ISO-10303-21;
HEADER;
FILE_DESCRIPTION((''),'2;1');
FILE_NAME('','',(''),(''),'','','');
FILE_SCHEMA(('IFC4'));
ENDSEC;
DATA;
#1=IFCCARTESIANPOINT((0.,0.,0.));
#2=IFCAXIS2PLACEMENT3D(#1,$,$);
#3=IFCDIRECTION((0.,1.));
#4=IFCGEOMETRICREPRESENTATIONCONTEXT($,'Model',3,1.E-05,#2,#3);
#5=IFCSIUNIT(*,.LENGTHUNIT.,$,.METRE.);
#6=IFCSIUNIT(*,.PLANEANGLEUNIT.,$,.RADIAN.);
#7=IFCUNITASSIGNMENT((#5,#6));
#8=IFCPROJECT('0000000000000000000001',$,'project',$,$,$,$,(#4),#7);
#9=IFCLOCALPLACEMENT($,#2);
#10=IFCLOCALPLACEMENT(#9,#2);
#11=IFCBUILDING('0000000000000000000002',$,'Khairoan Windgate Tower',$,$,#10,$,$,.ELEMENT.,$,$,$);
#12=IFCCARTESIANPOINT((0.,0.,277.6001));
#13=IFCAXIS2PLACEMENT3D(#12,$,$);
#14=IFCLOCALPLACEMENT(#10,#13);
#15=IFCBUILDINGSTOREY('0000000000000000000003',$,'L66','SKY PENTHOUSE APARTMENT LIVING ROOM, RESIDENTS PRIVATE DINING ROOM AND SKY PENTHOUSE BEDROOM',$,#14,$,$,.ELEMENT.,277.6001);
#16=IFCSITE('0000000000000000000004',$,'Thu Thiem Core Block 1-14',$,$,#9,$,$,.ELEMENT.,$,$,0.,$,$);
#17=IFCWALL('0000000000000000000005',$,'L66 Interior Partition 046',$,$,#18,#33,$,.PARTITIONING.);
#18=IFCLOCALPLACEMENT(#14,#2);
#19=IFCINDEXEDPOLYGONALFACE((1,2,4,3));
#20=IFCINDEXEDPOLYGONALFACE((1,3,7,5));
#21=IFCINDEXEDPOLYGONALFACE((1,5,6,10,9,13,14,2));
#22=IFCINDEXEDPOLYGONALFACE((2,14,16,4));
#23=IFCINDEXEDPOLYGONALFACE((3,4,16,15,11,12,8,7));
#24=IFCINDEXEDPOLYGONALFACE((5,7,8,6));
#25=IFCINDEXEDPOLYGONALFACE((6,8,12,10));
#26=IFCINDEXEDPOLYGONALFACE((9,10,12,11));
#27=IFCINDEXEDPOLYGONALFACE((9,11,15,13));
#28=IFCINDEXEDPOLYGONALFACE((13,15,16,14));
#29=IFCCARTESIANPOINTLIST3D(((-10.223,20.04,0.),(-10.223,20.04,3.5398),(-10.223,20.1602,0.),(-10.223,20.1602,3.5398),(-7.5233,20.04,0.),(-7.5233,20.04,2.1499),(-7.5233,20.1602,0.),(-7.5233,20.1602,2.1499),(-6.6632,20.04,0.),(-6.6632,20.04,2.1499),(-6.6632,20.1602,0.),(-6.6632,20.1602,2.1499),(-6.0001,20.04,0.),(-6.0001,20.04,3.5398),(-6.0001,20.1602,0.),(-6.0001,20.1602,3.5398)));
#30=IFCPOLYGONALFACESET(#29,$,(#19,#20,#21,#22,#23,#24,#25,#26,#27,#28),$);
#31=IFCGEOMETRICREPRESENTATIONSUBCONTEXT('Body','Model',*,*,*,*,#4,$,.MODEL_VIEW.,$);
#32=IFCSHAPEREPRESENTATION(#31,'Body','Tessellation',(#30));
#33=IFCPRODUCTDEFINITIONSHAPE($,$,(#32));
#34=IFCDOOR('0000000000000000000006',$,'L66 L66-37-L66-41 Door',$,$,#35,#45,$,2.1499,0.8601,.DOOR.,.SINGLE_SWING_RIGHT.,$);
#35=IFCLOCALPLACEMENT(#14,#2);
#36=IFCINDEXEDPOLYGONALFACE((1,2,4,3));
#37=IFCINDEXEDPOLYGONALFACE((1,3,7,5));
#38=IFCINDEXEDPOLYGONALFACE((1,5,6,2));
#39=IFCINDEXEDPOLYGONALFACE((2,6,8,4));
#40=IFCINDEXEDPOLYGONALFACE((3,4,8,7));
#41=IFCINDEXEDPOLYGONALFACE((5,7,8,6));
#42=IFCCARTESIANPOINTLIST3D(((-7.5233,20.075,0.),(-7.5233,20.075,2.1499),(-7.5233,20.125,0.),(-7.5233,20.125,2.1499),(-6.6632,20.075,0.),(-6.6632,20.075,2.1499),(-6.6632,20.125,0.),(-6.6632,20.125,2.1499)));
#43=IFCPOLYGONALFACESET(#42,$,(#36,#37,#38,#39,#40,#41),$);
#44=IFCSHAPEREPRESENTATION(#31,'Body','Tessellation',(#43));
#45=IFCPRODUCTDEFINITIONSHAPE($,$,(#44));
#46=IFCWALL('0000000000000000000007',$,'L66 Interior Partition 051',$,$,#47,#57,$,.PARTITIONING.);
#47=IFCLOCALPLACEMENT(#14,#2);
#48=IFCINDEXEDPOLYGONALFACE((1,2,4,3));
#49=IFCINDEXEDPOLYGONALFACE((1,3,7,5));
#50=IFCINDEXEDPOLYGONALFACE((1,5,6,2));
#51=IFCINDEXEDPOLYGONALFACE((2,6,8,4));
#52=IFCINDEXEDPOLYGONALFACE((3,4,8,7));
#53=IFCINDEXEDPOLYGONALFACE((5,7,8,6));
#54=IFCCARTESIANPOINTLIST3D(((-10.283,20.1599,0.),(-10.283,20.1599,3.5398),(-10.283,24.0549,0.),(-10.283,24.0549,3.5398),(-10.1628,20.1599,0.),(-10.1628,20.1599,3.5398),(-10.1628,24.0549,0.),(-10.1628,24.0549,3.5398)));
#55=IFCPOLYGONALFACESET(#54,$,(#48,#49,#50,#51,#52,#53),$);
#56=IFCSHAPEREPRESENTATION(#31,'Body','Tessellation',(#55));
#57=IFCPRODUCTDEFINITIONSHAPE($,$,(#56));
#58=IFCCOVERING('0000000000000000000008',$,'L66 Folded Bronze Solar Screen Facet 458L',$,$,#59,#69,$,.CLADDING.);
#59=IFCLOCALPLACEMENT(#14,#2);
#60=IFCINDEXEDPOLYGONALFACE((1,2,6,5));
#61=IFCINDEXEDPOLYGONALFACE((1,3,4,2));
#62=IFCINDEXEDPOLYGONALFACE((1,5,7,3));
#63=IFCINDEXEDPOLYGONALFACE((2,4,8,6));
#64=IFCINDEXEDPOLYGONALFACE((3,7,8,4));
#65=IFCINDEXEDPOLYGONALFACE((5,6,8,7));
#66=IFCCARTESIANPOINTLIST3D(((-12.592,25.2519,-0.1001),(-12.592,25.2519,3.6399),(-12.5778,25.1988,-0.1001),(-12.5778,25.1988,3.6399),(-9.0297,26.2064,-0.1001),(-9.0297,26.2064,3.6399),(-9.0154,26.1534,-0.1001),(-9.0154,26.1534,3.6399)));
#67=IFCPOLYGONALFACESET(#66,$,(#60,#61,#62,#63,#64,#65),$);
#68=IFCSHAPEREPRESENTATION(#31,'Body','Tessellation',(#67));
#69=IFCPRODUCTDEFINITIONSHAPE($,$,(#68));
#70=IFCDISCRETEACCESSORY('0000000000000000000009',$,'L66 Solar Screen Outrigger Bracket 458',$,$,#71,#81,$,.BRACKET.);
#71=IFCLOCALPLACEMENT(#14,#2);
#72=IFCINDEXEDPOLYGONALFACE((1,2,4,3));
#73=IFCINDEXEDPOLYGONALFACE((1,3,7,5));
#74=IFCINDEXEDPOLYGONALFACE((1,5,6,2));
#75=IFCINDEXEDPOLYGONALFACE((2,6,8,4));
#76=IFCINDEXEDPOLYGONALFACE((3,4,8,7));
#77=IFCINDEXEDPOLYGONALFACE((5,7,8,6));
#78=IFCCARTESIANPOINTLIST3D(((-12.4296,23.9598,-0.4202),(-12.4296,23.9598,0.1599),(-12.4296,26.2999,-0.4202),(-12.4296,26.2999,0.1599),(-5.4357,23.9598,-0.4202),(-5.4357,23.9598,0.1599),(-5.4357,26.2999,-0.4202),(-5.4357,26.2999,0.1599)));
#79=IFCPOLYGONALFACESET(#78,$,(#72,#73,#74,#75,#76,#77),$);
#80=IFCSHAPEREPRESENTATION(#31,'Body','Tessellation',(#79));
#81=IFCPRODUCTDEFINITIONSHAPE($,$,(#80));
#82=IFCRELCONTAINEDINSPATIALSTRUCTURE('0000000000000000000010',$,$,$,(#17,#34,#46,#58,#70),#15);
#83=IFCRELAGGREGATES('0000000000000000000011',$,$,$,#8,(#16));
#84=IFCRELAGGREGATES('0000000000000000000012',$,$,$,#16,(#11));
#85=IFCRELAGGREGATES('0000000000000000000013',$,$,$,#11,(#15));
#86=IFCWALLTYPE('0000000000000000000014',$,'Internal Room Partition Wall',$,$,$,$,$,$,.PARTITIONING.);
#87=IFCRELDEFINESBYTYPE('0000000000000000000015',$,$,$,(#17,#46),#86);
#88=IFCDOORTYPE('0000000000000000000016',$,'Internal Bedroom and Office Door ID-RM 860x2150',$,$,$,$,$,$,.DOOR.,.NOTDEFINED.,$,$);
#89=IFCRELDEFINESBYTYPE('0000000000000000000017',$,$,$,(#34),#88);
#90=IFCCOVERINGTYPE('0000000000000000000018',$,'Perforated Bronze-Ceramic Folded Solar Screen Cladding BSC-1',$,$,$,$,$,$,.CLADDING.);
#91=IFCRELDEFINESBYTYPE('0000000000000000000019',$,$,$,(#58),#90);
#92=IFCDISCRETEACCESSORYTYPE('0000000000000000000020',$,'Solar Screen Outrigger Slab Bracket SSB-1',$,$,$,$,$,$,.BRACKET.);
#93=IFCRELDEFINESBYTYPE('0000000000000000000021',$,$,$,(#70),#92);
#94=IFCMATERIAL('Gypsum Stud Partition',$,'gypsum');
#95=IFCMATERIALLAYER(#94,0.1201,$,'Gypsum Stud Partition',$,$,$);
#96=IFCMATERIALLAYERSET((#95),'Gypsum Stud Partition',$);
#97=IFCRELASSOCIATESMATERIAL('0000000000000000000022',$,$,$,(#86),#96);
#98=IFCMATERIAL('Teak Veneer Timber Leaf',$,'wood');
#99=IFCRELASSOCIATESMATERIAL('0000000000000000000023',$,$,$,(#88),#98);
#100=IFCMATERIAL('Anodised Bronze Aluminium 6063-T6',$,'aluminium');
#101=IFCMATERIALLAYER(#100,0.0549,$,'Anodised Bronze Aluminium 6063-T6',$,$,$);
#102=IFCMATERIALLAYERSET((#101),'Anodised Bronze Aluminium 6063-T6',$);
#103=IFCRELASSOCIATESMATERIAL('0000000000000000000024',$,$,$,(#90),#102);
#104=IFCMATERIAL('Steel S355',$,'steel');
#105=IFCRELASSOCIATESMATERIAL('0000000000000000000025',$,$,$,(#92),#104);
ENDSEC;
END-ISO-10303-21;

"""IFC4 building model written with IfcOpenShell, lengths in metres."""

from ifc_helpers import new_model, si_unit, direction, frame, frame_2d, origin, origin_2d, place, context, subcontext, project, spatial, rectangle, extrude, material, layer, layer_set, type_object, element, fill, save


model = new_model("IFC4")

# Units and contexts
model_context = context("Model", 3, precision=1e-05, world=origin(), true_north=direction((0.0, 1.0)))
body_context = subcontext(model_context, "Body", "Model", "MODEL_VIEW")
ifc_project = project(units=[si_unit("LENGTHUNIT", "METRE"), si_unit("PLANEANGLEUNIT", "RADIAN")], contexts=[model_context])

# Site, building, storey
site_placement = place(None, origin())
site = spatial("IfcSite", under=ifc_project, at=site_placement, Name="Thu Thiem Core Block 1-14", CompositionType="ELEMENT", RefElevation=0.0)
building_placement = place(site_placement, origin())
building = spatial("IfcBuilding", under=site, at=building_placement, Name="Khairoan Windgate Tower", CompositionType="ELEMENT")
storey_placement = place(building_placement, frame((0.0, 0.0, 277.6001)))
storey = spatial("IfcBuildingStorey", under=building, at=storey_placement, Name="L66", Description="SKY PENTHOUSE APARTMENT LIVING ROOM, RESIDENTS PRIVATE DINING ROOM AND SKY PENTHOUSE BEDROOM", CompositionType="ELEMENT", Elevation=277.6001)

# Wall, opening, door
ifc_material_1 = material(Name="Gypsum Stud Partition", Category="gypsum")
ifc_layer_1 = layer(ifc_material_1, 0.1201, Name="Gypsum Stud Partition")
ifc_layer_set_1 = layer_set([ifc_layer_1], Name="Gypsum Stud Partition")
wall_type = type_object("IfcWallType", Name="Internal Room Partition Wall", PredefinedType="PARTITIONING", material=ifc_layer_set_1)
wall_1_placement = place(storey_placement, frame((-10.2229, 20.1001, 0.0), z_axis=(0.0, 0.0, 1.0), x_axis=(1.0, 0.0, 0.0)))
wall_1 = element("IfcWall", 1, at=wall_1_placement, inside=storey, type_object=wall_type, Name="L66 Interior Partition 046", PredefinedType="PARTITIONING", context=body_context, shape_type="SweptSolid", body=[
    extrude(rectangle(XDim=4.2229, YDim=0.1201, at=frame_2d((2.1113, 0.0))), origin(), (0.0, 0.0, 1.0), 3.5398),
])
opening_placement = place(wall_1_placement, frame((2.6995, 0.0, 0.0)))
opening = element("IfcOpeningElement", 2, at=opening_placement, cuts=wall_1, PredefinedType="OPENING", context=body_context, shape_type="SweptSolid", body=[
    extrude(rectangle(XDim=0.8601, YDim=2.1499, at=frame_2d((0.4302, 1.075))), frame((0.0, 0.0701, 0.0), z_axis=(0.0, -1.0, 0.0), x_axis=(1.0, 0.0, 0.0)), (0.0, 0.0, 1.0), 0.1401),
])
ifc_material_2 = material(Name="Teak Veneer Timber Leaf", Category="wood")
door_type = type_object("IfcDoorType", Name="Internal Bedroom and Office Door ID-RM 860x2150", OperationType="NOTDEFINED", PredefinedType="DOOR", material=ifc_material_2)
door_placement = place(opening_placement, origin())
door = element("IfcDoor", 3, at=door_placement, inside=storey, type_object=door_type, Name="L66 L66-37-L66-41 Door", OperationType="SINGLE_SWING_RIGHT", OverallHeight=2.1499, OverallWidth=0.8601, PredefinedType="DOOR", context=body_context, shape_type="SweptSolid", body=[
    extrude(rectangle(XDim=0.8601, YDim=2.1499, at=frame_2d((0.4302, 1.075))), frame((0.0, 0.0249, 0.0), z_axis=(0.0, -1.0, 0.0), x_axis=(1.0, 0.0, 0.0)), (0.0, 0.0, 1.0), 0.05),
])
fill(opening, door)

# Wall
wall_2_placement = place(storey_placement, frame((-10.2229, 20.1599, 0.0), z_axis=(0.0, 0.0, 1.0), x_axis=(0.0, 1.0, 0.0)))
element("IfcWall", 4, at=wall_2_placement, inside=storey, type_object=wall_type, Name="L66 Interior Partition 051", PredefinedType="PARTITIONING", context=body_context, shape_type="SweptSolid", body=[
    extrude(rectangle(XDim=3.895, YDim=0.1201, at=frame_2d((1.9475, 0.0))), origin(), (0.0, 0.0, 1.0), 3.5398),
])

# Covering
ifc_material_3 = material(Name="Anodised Bronze Aluminium 6063-T6", Category="aluminium")
ifc_layer_2 = layer(ifc_material_3, 0.0549, Name="Anodised Bronze Aluminium 6063-T6")
ifc_layer_set_2 = layer_set([ifc_layer_2], Name="Anodised Bronze Aluminium 6063-T6")
covering_type = type_object("IfcCoveringType", Name="Perforated Bronze-Ceramic Folded Solar Screen Cladding BSC-1", PredefinedType="CLADDING", material=ifc_layer_set_2)
covering_placement = place(storey_placement, frame((-10.8037, 25.7026, -0.1001), z_axis=(0.0, 0.0, 1.0), x_axis=(0.965926, 0.258819, 0.0)))
element("IfcCovering", 5, at=covering_placement, inside=storey, type_object=covering_type, Name="L66 Folded Bronze Solar Screen Facet 458L", PredefinedType="CLADDING", context=body_context, shape_type="SweptSolid", body=[
    extrude(rectangle(XDim=3.688, YDim=0.0549, at=origin_2d()), origin(), (0.0, 0.0, 1.0), 3.74),
])

# Discrete accessory
ifc_material_4 = material(Name="Steel S355", Category="steel")
discrete_accessory_type = type_object("IfcDiscreteAccessoryType", Name="Solar Screen Outrigger Slab Bracket SSB-1", PredefinedType="BRACKET", material=ifc_material_4)
discrete_accessory_placement = place(storey_placement, frame((-8.9326, 25.1299, -0.4202), z_axis=(0.0, 0.0, 1.0), x_axis=(1.0, 0.0, 0.0)))
element("IfcDiscreteAccessory", 6, at=discrete_accessory_placement, inside=storey, type_object=discrete_accessory_type, Name="L66 Solar Screen Outrigger Bracket 458", PredefinedType="BRACKET", context=body_context, shape_type="SweptSolid", body=[
    extrude(rectangle(XDim=6.9939, YDim=2.3401, at=origin_2d()), origin(), (0.0, 0.0, 1.0), 0.5801),
])

save(model, "model.ifc")
